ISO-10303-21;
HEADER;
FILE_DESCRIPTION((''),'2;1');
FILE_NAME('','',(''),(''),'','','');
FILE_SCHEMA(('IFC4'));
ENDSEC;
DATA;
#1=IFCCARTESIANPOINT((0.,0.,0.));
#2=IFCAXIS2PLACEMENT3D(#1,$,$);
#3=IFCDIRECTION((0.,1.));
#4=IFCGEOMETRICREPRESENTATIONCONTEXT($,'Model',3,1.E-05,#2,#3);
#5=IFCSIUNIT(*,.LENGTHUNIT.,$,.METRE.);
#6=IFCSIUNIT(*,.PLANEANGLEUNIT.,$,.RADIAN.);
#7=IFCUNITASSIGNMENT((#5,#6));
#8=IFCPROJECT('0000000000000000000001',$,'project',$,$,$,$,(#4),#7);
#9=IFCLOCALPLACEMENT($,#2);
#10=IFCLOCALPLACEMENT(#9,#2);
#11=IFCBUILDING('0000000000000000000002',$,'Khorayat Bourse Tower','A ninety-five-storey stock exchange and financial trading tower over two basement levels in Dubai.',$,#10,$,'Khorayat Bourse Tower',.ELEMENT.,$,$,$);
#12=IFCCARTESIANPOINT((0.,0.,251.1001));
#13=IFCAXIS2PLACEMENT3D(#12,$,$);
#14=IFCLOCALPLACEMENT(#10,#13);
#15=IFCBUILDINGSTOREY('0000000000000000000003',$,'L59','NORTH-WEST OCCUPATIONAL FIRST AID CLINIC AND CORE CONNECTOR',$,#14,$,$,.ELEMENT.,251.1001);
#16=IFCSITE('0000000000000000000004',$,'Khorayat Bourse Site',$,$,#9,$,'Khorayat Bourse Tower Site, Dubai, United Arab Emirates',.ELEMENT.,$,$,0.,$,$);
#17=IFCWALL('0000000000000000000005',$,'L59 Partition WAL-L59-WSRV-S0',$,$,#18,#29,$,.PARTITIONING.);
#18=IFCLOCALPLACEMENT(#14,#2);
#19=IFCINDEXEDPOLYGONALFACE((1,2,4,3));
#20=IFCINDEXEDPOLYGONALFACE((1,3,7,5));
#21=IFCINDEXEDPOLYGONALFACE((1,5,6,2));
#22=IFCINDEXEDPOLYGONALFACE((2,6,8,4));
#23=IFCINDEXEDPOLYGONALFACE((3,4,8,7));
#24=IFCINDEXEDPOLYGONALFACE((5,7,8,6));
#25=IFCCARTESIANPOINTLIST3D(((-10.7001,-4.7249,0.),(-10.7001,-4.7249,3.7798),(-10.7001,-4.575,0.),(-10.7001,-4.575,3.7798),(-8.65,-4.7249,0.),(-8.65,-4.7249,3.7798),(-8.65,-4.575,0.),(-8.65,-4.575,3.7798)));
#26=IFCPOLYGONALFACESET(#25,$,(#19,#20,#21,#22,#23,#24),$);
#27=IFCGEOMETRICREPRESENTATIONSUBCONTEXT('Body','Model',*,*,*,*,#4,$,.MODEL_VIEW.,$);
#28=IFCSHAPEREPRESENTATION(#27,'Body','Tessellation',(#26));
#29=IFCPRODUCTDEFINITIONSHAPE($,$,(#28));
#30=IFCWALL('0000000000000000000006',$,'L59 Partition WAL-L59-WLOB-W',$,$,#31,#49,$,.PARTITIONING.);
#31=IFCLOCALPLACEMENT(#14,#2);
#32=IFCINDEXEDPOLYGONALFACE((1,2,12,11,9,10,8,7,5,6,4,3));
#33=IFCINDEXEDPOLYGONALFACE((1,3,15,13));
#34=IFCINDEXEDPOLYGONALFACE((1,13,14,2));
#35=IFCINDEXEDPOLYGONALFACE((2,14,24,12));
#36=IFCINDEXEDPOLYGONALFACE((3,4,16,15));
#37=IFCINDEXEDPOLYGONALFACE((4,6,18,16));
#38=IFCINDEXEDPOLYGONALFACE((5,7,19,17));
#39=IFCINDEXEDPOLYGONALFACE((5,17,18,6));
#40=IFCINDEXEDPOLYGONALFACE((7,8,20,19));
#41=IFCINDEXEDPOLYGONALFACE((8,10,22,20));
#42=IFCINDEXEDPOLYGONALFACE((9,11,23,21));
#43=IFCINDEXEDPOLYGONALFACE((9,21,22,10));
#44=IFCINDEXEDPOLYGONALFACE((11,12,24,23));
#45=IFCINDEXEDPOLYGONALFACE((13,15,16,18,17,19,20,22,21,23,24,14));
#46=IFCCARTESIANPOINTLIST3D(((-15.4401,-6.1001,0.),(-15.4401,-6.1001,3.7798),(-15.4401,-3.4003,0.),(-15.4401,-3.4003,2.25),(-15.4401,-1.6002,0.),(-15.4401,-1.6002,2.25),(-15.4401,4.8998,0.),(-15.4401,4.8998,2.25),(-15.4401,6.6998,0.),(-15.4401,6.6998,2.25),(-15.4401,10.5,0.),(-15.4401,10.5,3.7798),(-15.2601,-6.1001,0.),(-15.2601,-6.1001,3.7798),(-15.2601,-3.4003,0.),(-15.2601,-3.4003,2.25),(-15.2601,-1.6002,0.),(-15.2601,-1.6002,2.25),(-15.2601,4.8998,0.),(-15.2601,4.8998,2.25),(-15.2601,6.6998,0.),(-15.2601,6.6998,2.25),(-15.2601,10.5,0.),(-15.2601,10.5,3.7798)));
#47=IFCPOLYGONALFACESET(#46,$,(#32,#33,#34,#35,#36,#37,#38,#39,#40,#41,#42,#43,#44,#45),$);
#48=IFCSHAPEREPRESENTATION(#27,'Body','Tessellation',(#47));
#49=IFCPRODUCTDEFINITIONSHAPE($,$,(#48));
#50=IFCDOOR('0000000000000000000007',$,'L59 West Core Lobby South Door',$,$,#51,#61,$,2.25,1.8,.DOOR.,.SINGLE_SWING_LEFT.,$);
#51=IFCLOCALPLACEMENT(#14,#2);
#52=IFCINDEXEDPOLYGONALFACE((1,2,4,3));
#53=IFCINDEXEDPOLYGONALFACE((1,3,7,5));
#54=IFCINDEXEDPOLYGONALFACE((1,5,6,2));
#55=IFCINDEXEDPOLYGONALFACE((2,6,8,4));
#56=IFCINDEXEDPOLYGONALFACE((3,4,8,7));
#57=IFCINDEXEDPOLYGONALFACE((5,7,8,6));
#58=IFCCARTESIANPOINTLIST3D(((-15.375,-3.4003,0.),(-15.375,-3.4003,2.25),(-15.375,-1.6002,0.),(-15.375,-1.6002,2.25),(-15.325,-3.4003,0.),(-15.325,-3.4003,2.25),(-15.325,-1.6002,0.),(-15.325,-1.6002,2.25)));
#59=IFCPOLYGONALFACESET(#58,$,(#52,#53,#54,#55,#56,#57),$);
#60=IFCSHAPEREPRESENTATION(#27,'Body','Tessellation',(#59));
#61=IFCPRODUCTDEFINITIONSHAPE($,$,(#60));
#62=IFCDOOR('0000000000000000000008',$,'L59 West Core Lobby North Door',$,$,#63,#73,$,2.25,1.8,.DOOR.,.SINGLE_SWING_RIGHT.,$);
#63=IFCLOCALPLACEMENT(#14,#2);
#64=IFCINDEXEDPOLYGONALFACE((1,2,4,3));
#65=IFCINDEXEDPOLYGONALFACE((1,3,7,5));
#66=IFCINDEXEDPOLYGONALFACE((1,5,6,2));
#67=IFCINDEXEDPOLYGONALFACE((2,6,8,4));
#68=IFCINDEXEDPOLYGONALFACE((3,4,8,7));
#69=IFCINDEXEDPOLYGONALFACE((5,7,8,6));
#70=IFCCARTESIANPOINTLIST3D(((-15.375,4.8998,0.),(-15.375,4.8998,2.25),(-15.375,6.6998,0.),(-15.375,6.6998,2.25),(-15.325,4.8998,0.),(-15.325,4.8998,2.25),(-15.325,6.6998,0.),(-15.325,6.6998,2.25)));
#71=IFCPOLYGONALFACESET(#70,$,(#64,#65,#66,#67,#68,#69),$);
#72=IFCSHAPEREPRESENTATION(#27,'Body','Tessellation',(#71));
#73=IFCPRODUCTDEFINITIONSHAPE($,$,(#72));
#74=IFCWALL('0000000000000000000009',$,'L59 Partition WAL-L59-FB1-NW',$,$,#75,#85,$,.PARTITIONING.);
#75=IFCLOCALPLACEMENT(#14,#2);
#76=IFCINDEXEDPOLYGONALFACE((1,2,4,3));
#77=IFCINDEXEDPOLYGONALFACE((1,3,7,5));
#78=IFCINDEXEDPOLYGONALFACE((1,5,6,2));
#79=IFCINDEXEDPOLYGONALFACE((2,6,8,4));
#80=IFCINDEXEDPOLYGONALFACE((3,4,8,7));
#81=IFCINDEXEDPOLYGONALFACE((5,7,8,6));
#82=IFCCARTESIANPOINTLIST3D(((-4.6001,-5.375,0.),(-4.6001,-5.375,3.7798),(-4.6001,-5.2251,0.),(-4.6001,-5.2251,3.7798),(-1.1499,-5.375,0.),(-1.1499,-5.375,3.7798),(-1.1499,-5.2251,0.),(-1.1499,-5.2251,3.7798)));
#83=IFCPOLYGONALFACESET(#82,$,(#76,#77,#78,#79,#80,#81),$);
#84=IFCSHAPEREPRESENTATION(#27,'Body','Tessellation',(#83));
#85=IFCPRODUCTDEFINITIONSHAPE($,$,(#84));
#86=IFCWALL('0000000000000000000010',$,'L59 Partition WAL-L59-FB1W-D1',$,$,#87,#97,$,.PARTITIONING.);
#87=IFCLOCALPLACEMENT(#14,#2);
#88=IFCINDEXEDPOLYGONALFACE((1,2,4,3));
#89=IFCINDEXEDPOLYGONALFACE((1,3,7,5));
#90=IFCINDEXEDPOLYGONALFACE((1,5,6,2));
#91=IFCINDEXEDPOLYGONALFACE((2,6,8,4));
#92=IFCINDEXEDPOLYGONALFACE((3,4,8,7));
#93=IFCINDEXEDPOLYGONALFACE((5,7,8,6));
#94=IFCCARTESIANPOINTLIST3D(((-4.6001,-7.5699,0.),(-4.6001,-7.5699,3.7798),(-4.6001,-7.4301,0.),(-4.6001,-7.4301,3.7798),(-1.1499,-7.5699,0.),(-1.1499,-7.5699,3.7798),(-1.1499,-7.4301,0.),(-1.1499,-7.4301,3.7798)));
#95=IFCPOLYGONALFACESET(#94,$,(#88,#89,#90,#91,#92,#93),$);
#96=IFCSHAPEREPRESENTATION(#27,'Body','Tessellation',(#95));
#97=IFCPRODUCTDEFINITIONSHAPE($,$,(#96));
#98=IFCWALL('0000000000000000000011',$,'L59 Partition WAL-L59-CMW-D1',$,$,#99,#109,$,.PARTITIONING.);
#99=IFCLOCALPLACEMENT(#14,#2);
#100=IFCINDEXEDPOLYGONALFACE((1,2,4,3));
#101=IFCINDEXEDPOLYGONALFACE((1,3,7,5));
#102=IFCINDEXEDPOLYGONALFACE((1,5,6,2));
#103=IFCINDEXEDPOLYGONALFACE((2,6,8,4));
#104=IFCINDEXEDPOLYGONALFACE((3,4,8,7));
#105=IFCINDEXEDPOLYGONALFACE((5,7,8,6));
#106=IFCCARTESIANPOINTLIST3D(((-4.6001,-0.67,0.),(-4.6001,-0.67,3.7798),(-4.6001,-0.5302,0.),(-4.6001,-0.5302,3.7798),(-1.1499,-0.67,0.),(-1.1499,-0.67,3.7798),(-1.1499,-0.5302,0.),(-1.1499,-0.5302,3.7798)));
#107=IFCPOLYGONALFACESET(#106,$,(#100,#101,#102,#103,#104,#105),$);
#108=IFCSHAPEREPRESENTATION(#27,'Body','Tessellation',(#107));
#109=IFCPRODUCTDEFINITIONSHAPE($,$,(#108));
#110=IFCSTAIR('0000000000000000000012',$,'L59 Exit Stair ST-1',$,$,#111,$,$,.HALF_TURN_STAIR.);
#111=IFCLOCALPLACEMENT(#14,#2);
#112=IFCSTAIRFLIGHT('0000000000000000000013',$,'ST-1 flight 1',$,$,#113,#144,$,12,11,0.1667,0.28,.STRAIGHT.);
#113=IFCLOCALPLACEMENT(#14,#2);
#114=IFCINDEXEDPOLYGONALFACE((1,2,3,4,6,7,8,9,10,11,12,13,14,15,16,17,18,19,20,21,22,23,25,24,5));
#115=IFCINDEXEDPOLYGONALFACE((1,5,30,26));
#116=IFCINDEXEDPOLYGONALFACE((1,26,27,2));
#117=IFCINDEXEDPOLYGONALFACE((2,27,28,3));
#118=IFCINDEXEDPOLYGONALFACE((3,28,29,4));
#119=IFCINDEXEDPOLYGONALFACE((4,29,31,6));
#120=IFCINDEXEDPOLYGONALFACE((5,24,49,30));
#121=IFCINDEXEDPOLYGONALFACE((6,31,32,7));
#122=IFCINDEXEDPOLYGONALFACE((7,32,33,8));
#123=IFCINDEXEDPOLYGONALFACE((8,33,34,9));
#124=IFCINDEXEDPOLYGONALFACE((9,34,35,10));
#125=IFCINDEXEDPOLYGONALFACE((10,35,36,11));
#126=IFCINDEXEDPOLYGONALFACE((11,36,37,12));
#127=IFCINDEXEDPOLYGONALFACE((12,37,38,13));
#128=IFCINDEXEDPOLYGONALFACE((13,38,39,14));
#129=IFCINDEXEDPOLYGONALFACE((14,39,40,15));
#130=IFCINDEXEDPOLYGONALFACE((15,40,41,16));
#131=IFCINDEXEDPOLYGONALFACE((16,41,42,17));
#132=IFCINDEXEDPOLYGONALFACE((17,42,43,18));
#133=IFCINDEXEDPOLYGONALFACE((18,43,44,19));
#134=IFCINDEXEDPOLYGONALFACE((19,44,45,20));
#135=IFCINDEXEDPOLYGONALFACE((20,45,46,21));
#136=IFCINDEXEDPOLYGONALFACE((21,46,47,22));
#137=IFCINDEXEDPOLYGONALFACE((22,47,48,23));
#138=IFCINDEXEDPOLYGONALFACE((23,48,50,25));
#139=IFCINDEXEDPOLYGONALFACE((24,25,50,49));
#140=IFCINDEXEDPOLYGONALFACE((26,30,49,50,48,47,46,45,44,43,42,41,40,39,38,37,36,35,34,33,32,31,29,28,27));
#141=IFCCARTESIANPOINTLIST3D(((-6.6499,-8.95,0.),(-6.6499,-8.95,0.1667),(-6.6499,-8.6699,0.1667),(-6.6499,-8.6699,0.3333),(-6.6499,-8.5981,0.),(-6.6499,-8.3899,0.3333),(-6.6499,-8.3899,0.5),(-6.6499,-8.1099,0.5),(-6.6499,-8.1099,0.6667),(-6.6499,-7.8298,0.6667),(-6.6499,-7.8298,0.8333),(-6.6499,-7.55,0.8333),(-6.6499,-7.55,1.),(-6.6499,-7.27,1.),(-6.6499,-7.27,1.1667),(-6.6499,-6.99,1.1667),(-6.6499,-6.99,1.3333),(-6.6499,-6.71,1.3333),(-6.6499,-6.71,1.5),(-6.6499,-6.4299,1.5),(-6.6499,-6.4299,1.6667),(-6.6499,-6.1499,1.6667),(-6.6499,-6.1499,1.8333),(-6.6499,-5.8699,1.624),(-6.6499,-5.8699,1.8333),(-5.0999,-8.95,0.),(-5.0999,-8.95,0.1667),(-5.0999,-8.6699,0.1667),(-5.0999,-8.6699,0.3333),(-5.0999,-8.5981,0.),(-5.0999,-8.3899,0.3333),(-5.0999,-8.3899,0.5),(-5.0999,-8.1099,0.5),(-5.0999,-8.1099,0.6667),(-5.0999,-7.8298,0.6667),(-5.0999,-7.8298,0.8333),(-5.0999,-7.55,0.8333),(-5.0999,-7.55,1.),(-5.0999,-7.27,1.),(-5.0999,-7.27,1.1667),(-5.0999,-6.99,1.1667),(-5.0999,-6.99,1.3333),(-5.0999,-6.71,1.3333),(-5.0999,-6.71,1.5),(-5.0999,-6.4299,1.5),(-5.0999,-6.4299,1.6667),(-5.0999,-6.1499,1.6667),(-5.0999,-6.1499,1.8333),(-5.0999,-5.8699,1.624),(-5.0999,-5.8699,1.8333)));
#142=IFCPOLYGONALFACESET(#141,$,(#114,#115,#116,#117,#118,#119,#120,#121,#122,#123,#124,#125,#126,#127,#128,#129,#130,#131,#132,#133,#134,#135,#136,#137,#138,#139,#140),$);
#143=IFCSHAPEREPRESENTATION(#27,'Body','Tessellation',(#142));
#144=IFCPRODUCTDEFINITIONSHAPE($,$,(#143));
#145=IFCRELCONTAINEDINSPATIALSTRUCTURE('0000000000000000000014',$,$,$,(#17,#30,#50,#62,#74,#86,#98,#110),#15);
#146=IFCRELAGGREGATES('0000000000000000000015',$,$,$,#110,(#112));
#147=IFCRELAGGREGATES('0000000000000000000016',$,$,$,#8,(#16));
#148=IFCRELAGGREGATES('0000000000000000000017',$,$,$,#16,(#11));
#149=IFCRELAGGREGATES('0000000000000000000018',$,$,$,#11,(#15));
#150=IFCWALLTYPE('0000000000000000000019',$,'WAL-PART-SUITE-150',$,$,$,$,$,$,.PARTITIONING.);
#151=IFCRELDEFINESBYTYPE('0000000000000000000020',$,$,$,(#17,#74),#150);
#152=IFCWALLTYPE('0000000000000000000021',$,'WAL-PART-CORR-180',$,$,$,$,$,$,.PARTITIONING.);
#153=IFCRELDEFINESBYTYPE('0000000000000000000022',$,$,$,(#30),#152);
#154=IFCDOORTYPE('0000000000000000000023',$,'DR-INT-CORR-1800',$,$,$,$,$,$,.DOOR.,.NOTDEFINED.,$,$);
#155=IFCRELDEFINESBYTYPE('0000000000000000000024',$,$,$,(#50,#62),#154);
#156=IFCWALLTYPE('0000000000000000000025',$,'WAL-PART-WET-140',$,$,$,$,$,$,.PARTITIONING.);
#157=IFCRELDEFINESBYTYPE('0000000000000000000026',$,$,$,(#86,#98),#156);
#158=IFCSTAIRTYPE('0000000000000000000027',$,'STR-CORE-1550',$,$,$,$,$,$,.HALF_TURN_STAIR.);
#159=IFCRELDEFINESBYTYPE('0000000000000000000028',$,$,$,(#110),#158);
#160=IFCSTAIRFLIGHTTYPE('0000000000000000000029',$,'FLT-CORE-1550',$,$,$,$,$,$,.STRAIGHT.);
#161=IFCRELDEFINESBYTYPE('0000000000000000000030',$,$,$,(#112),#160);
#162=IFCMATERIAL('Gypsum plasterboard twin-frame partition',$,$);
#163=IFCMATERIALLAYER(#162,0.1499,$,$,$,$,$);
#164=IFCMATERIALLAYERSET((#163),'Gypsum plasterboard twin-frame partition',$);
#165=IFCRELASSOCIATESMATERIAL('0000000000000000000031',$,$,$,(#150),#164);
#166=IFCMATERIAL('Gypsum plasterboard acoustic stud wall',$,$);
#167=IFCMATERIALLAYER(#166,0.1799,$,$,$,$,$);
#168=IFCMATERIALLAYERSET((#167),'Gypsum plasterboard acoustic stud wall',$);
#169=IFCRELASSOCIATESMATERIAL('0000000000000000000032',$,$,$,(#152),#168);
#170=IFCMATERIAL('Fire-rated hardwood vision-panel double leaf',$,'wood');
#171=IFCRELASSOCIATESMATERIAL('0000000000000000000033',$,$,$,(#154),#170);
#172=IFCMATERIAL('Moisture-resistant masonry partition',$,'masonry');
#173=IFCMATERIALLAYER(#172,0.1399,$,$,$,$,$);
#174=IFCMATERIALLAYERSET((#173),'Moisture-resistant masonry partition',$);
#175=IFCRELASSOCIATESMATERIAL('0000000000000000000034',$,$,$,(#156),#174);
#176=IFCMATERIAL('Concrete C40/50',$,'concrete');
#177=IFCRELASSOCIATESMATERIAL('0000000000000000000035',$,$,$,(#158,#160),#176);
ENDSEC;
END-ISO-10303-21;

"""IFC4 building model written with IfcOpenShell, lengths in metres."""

from ifc_helpers import new_model, si_unit, direction, frame, frame_2d, origin, place, context, subcontext, project, spatial, polyline, rectangle, outline, extrude, source, transform, mapped, material, layer, layer_set, type_object, element, fill, aggregate, save


model = new_model("IFC4")

# Units and contexts
model_context = context("Model", 3, precision=1e-05, world=origin(), true_north=direction((0.0, 1.0)))
body_context = subcontext(model_context, "Body", "Model", "MODEL_VIEW")
ifc_project = project(units=[si_unit("LENGTHUNIT", "METRE"), si_unit("PLANEANGLEUNIT", "RADIAN")], contexts=[model_context])

# Site, building, storey
site_placement = place(None, origin())
site = spatial("IfcSite", under=ifc_project, at=site_placement, Name="Khorayat Bourse Site", LongName="Khorayat Bourse Tower Site, Dubai, United Arab Emirates", CompositionType="ELEMENT", RefElevation=0.0)
building_placement = place(site_placement, origin())
building = spatial("IfcBuilding", under=site, at=building_placement, Name="Khorayat Bourse Tower", Description="A ninety-five-storey stock exchange and financial trading tower over two basement levels in Dubai.", LongName="Khorayat Bourse Tower", CompositionType="ELEMENT")
storey_placement = place(building_placement, frame((0.0, 0.0, 251.1001)))
storey = spatial("IfcBuildingStorey", under=building, at=storey_placement, Name="L59", Description="NORTH-WEST OCCUPATIONAL FIRST AID CLINIC AND CORE CONNECTOR", CompositionType="ELEMENT", Elevation=251.1001)

# Wall
ifc_material_1 = material(Name="Gypsum plasterboard twin-frame partition")
ifc_layer_1 = layer(ifc_material_1, 0.1499)
ifc_layer_set_1 = layer_set([ifc_layer_1], Name="Gypsum plasterboard twin-frame partition")
wall_type_1 = type_object("IfcWallType", Name="WAL-PART-SUITE-150", PredefinedType="PARTITIONING", material=ifc_layer_set_1)
shared_shape_1 = source(origin(), body_context, "Body", "SweptSolid", [
    extrude(rectangle(XDim=2.05, YDim=0.1499, at=frame_2d((1.0249, 0.0))), origin(), (0.0, 0.0, 1.0), 3.7798),
])
wall_1_placement = place(storey_placement, frame((-10.7, -4.6499, 0.0), z_axis=(0.0, 0.0, 1.0), x_axis=(1.0, 0.0, 0.0)))
element("IfcWall", 1, at=wall_1_placement, inside=storey, type_object=wall_type_1, Name="L59 Partition WAL-L59-WSRV-S0", PredefinedType="PARTITIONING", context=body_context, shape_type="MappedRepresentation", body=[
    mapped(shared_shape_1, transform((0.0, 0.0, 0.0), scale=1.0)),
])

# Wall, openings, doors
ifc_material_2 = material(Name="Gypsum plasterboard acoustic stud wall")
ifc_layer_2 = layer(ifc_material_2, 0.1799)
ifc_layer_set_2 = layer_set([ifc_layer_2], Name="Gypsum plasterboard acoustic stud wall")
wall_type_2 = type_object("IfcWallType", Name="WAL-PART-CORR-180", PredefinedType="PARTITIONING", material=ifc_layer_set_2)
shared_shape_2 = source(origin(), body_context, "Body", "SweptSolid", [
    extrude(rectangle(XDim=16.6001, YDim=0.1799, at=frame_2d((8.3, 0.0))), origin(), (0.0, 0.0, 1.0), 3.7798),
])
wall_2_placement = place(storey_placement, frame((-15.3501, -6.1001, 0.0), z_axis=(0.0, 0.0, 1.0), x_axis=(0.0, 1.0, 0.0)))
wall_2 = element("IfcWall", 2, at=wall_2_placement, inside=storey, type_object=wall_type_2, Name="L59 Partition WAL-L59-WLOB-W", PredefinedType="PARTITIONING", context=body_context, shape_type="MappedRepresentation", body=[
    mapped(shared_shape_2, transform((0.0, 0.0, 0.0), scale=1.0)),
])
shared_shape_3 = source(origin(), body_context, "Body", "SweptSolid", [
    extrude(rectangle(XDim=1.8, YDim=2.25, at=frame_2d((0.8999, 1.125))), frame((0.0, 0.0999, 0.0), z_axis=(0.0, -1.0, 0.0), x_axis=(1.0, 0.0, 0.0)), (0.0, 0.0, 1.0), 0.2),
])
opening_1_placement = place(wall_2_placement, frame((2.7, 0.0, 0.0)))
opening_1 = element("IfcOpeningElement", 3, at=opening_1_placement, cuts=wall_2, PredefinedType="OPENING", context=body_context, shape_type="MappedRepresentation", body=[
    mapped(shared_shape_3, transform((0.0, 0.0, 0.0), scale=1.0)),
])
opening_2_placement = place(wall_2_placement, frame((11.0, 0.0, 0.0)))
opening_2 = element("IfcOpeningElement", 4, at=opening_2_placement, cuts=wall_2, PredefinedType="OPENING", context=body_context, shape_type="MappedRepresentation", body=[
    mapped(shared_shape_3, transform((0.0, 0.0, 0.0), scale=1.0)),
])
ifc_material_3 = material(Name="Fire-rated hardwood vision-panel double leaf", Category="wood")
door_type_1 = type_object("IfcDoorType", Name="DR-INT-CORR-1800", OperationType="NOTDEFINED", PredefinedType="DOOR", material=ifc_material_3)
shared_shape_4 = source(origin(), body_context, "Body", "SweptSolid", [
    extrude(rectangle(XDim=1.8, YDim=2.25, at=frame_2d((0.8999, 1.125))), frame((0.0, 0.0249, 0.0), z_axis=(0.0, -1.0, 0.0), x_axis=(1.0, 0.0, 0.0)), (0.0, 0.0, 1.0), 0.05),
])
door_1_placement = place(opening_1_placement, origin())
door_1 = element("IfcDoor", 5, at=door_1_placement, inside=storey, type_object=door_type_1, Name="L59 West Core Lobby South Door", OperationType="SINGLE_SWING_LEFT", OverallHeight=2.25, OverallWidth=1.8, PredefinedType="DOOR", context=body_context, shape_type="MappedRepresentation", body=[
    mapped(shared_shape_4, transform((0.0, 0.0, 0.0), scale=1.0)),
])
fill(opening_1, door_1)
door_2_placement = place(opening_2_placement, origin())
door_2 = element("IfcDoor", 6, at=door_2_placement, inside=storey, type_object=door_type_1, Name="L59 West Core Lobby North Door", OperationType="SINGLE_SWING_RIGHT", OverallHeight=2.25, OverallWidth=1.8, PredefinedType="DOOR", context=body_context, shape_type="MappedRepresentation", body=[
    mapped(shared_shape_4, transform((0.0, 0.0, 0.0), scale=1.0)),
])
fill(opening_2, door_2)

# Walls
shared_shape_5 = source(origin(), body_context, "Body", "SweptSolid", [
    extrude(rectangle(XDim=3.4502, YDim=0.1499, at=frame_2d((1.7251, 0.0))), origin(), (0.0, 0.0, 1.0), 3.7798),
])
wall_3_placement = place(storey_placement, frame((-4.6001, -5.3, 0.0), z_axis=(0.0, 0.0, 1.0), x_axis=(1.0, 0.0, 0.0)))
element("IfcWall", 7, at=wall_3_placement, inside=storey, type_object=wall_type_1, Name="L59 Partition WAL-L59-FB1-NW", PredefinedType="PARTITIONING", context=body_context, shape_type="MappedRepresentation", body=[
    mapped(shared_shape_5, transform((0.0, 0.0, 0.0), scale=1.0)),
])
ifc_material_4 = material(Name="Moisture-resistant masonry partition", Category="masonry")
ifc_layer_3 = layer(ifc_material_4, 0.1399)
ifc_layer_set_3 = layer_set([ifc_layer_3], Name="Moisture-resistant masonry partition")
wall_type_3 = type_object("IfcWallType", Name="WAL-PART-WET-140", PredefinedType="PARTITIONING", material=ifc_layer_set_3)
shared_shape_6 = source(origin(), body_context, "Body", "SweptSolid", [
    extrude(rectangle(XDim=3.4502, YDim=0.1399, at=frame_2d((1.7251, 0.0))), origin(), (0.0, 0.0, 1.0), 3.7798),
])
for number, where, z_axis, x_axis, name in (
    (8, (-4.6001, -7.5, 0.0), (0.0, 0.0, 1.0), (1.0, 0.0, 0.0), "L59 Partition WAL-L59-FB1W-D1"),
    (9, (-4.6001, -0.6001, 0.0), (0.0, 0.0, 1.0), (1.0, 0.0, 0.0), "L59 Partition WAL-L59-CMW-D1"),
):
    element("IfcWall", number, at=place(storey_placement, frame(where, z_axis=z_axis, x_axis=x_axis)), inside=storey, type_object=wall_type_3, Name=name, PredefinedType="PARTITIONING", context=body_context, shape_type="MappedRepresentation", body=[
        mapped(shared_shape_6, transform((0.0, 0.0, 0.0), scale=1.0)),
    ])

# Stair, stair flight
ifc_material_5 = material(Name="Concrete C40/50", Category="concrete")
stair_type = type_object("IfcStairType", Name="STR-CORE-1550", PredefinedType="HALF_TURN_STAIR", material=ifc_material_5)
stair_placement = place(storey_placement, origin())
stair = element("IfcStair", 10, at=stair_placement, inside=storey, type_object=stair_type, Name="L59 Exit Stair ST-1", PredefinedType="HALF_TURN_STAIR")
stair_flight_type = type_object("IfcStairFlightType", Name="FLT-CORE-1550", PredefinedType="STRAIGHT", material=ifc_material_5)
shared_shape_7 = source(origin(), body_context, "Body", "SweptSolid", [
    extrude(outline(polyline([(0.0, 0.0), (0.0, 0.1667), (0.28, 0.1667), (0.28, 0.3333), (0.5601, 0.3333), (0.5601, 0.5), (0.8401, 0.5), (0.8401, 0.6667), (1.1201, 0.6667), (1.1201, 0.8333), (1.3999, 0.8333), (1.3999, 1.0), (1.6799, 1.0), (1.6799, 1.1667), (1.96, 1.1667), (1.96, 1.3333), (2.24, 1.3333), (2.24, 1.5), (2.52, 1.5), (2.52, 1.6667), (2.8, 1.6667), (2.8, 1.8333), (3.0801, 1.8333), (3.0801, 2.0), (3.0801, 1.624), (0.3518, 0.0), (0.0, 0.0)])), frame((0.0, 0.7749, 0.0), z_axis=(0.0, -1.0, 0.0), x_axis=(1.0, 0.0, 0.0)), (0.0, 0.0, 1.0), 1.55),
])
stair_flight_1_placement = place(storey_placement, frame((-5.875, -8.95, 0.0), z_axis=(0.0, 0.0, 1.0), x_axis=(0.0, 1.0, 0.0)))
stair_flight_1 = element("IfcStairFlight", 11, at=stair_flight_1_placement, type_object=stair_flight_type, Name="ST-1 flight 1", NumberOfRisers=12, NumberOfTreads=11, PredefinedType="STRAIGHT", RiserHeight=0.1667, TreadLength=0.28, context=body_context, shape_type="MappedRepresentation", body=[
    mapped(shared_shape_7, transform((0.0, 0.0, 0.0), scale=1.0)),
])
aggregate(stair, [stair_flight_1])

save(model, "model.ifc")
